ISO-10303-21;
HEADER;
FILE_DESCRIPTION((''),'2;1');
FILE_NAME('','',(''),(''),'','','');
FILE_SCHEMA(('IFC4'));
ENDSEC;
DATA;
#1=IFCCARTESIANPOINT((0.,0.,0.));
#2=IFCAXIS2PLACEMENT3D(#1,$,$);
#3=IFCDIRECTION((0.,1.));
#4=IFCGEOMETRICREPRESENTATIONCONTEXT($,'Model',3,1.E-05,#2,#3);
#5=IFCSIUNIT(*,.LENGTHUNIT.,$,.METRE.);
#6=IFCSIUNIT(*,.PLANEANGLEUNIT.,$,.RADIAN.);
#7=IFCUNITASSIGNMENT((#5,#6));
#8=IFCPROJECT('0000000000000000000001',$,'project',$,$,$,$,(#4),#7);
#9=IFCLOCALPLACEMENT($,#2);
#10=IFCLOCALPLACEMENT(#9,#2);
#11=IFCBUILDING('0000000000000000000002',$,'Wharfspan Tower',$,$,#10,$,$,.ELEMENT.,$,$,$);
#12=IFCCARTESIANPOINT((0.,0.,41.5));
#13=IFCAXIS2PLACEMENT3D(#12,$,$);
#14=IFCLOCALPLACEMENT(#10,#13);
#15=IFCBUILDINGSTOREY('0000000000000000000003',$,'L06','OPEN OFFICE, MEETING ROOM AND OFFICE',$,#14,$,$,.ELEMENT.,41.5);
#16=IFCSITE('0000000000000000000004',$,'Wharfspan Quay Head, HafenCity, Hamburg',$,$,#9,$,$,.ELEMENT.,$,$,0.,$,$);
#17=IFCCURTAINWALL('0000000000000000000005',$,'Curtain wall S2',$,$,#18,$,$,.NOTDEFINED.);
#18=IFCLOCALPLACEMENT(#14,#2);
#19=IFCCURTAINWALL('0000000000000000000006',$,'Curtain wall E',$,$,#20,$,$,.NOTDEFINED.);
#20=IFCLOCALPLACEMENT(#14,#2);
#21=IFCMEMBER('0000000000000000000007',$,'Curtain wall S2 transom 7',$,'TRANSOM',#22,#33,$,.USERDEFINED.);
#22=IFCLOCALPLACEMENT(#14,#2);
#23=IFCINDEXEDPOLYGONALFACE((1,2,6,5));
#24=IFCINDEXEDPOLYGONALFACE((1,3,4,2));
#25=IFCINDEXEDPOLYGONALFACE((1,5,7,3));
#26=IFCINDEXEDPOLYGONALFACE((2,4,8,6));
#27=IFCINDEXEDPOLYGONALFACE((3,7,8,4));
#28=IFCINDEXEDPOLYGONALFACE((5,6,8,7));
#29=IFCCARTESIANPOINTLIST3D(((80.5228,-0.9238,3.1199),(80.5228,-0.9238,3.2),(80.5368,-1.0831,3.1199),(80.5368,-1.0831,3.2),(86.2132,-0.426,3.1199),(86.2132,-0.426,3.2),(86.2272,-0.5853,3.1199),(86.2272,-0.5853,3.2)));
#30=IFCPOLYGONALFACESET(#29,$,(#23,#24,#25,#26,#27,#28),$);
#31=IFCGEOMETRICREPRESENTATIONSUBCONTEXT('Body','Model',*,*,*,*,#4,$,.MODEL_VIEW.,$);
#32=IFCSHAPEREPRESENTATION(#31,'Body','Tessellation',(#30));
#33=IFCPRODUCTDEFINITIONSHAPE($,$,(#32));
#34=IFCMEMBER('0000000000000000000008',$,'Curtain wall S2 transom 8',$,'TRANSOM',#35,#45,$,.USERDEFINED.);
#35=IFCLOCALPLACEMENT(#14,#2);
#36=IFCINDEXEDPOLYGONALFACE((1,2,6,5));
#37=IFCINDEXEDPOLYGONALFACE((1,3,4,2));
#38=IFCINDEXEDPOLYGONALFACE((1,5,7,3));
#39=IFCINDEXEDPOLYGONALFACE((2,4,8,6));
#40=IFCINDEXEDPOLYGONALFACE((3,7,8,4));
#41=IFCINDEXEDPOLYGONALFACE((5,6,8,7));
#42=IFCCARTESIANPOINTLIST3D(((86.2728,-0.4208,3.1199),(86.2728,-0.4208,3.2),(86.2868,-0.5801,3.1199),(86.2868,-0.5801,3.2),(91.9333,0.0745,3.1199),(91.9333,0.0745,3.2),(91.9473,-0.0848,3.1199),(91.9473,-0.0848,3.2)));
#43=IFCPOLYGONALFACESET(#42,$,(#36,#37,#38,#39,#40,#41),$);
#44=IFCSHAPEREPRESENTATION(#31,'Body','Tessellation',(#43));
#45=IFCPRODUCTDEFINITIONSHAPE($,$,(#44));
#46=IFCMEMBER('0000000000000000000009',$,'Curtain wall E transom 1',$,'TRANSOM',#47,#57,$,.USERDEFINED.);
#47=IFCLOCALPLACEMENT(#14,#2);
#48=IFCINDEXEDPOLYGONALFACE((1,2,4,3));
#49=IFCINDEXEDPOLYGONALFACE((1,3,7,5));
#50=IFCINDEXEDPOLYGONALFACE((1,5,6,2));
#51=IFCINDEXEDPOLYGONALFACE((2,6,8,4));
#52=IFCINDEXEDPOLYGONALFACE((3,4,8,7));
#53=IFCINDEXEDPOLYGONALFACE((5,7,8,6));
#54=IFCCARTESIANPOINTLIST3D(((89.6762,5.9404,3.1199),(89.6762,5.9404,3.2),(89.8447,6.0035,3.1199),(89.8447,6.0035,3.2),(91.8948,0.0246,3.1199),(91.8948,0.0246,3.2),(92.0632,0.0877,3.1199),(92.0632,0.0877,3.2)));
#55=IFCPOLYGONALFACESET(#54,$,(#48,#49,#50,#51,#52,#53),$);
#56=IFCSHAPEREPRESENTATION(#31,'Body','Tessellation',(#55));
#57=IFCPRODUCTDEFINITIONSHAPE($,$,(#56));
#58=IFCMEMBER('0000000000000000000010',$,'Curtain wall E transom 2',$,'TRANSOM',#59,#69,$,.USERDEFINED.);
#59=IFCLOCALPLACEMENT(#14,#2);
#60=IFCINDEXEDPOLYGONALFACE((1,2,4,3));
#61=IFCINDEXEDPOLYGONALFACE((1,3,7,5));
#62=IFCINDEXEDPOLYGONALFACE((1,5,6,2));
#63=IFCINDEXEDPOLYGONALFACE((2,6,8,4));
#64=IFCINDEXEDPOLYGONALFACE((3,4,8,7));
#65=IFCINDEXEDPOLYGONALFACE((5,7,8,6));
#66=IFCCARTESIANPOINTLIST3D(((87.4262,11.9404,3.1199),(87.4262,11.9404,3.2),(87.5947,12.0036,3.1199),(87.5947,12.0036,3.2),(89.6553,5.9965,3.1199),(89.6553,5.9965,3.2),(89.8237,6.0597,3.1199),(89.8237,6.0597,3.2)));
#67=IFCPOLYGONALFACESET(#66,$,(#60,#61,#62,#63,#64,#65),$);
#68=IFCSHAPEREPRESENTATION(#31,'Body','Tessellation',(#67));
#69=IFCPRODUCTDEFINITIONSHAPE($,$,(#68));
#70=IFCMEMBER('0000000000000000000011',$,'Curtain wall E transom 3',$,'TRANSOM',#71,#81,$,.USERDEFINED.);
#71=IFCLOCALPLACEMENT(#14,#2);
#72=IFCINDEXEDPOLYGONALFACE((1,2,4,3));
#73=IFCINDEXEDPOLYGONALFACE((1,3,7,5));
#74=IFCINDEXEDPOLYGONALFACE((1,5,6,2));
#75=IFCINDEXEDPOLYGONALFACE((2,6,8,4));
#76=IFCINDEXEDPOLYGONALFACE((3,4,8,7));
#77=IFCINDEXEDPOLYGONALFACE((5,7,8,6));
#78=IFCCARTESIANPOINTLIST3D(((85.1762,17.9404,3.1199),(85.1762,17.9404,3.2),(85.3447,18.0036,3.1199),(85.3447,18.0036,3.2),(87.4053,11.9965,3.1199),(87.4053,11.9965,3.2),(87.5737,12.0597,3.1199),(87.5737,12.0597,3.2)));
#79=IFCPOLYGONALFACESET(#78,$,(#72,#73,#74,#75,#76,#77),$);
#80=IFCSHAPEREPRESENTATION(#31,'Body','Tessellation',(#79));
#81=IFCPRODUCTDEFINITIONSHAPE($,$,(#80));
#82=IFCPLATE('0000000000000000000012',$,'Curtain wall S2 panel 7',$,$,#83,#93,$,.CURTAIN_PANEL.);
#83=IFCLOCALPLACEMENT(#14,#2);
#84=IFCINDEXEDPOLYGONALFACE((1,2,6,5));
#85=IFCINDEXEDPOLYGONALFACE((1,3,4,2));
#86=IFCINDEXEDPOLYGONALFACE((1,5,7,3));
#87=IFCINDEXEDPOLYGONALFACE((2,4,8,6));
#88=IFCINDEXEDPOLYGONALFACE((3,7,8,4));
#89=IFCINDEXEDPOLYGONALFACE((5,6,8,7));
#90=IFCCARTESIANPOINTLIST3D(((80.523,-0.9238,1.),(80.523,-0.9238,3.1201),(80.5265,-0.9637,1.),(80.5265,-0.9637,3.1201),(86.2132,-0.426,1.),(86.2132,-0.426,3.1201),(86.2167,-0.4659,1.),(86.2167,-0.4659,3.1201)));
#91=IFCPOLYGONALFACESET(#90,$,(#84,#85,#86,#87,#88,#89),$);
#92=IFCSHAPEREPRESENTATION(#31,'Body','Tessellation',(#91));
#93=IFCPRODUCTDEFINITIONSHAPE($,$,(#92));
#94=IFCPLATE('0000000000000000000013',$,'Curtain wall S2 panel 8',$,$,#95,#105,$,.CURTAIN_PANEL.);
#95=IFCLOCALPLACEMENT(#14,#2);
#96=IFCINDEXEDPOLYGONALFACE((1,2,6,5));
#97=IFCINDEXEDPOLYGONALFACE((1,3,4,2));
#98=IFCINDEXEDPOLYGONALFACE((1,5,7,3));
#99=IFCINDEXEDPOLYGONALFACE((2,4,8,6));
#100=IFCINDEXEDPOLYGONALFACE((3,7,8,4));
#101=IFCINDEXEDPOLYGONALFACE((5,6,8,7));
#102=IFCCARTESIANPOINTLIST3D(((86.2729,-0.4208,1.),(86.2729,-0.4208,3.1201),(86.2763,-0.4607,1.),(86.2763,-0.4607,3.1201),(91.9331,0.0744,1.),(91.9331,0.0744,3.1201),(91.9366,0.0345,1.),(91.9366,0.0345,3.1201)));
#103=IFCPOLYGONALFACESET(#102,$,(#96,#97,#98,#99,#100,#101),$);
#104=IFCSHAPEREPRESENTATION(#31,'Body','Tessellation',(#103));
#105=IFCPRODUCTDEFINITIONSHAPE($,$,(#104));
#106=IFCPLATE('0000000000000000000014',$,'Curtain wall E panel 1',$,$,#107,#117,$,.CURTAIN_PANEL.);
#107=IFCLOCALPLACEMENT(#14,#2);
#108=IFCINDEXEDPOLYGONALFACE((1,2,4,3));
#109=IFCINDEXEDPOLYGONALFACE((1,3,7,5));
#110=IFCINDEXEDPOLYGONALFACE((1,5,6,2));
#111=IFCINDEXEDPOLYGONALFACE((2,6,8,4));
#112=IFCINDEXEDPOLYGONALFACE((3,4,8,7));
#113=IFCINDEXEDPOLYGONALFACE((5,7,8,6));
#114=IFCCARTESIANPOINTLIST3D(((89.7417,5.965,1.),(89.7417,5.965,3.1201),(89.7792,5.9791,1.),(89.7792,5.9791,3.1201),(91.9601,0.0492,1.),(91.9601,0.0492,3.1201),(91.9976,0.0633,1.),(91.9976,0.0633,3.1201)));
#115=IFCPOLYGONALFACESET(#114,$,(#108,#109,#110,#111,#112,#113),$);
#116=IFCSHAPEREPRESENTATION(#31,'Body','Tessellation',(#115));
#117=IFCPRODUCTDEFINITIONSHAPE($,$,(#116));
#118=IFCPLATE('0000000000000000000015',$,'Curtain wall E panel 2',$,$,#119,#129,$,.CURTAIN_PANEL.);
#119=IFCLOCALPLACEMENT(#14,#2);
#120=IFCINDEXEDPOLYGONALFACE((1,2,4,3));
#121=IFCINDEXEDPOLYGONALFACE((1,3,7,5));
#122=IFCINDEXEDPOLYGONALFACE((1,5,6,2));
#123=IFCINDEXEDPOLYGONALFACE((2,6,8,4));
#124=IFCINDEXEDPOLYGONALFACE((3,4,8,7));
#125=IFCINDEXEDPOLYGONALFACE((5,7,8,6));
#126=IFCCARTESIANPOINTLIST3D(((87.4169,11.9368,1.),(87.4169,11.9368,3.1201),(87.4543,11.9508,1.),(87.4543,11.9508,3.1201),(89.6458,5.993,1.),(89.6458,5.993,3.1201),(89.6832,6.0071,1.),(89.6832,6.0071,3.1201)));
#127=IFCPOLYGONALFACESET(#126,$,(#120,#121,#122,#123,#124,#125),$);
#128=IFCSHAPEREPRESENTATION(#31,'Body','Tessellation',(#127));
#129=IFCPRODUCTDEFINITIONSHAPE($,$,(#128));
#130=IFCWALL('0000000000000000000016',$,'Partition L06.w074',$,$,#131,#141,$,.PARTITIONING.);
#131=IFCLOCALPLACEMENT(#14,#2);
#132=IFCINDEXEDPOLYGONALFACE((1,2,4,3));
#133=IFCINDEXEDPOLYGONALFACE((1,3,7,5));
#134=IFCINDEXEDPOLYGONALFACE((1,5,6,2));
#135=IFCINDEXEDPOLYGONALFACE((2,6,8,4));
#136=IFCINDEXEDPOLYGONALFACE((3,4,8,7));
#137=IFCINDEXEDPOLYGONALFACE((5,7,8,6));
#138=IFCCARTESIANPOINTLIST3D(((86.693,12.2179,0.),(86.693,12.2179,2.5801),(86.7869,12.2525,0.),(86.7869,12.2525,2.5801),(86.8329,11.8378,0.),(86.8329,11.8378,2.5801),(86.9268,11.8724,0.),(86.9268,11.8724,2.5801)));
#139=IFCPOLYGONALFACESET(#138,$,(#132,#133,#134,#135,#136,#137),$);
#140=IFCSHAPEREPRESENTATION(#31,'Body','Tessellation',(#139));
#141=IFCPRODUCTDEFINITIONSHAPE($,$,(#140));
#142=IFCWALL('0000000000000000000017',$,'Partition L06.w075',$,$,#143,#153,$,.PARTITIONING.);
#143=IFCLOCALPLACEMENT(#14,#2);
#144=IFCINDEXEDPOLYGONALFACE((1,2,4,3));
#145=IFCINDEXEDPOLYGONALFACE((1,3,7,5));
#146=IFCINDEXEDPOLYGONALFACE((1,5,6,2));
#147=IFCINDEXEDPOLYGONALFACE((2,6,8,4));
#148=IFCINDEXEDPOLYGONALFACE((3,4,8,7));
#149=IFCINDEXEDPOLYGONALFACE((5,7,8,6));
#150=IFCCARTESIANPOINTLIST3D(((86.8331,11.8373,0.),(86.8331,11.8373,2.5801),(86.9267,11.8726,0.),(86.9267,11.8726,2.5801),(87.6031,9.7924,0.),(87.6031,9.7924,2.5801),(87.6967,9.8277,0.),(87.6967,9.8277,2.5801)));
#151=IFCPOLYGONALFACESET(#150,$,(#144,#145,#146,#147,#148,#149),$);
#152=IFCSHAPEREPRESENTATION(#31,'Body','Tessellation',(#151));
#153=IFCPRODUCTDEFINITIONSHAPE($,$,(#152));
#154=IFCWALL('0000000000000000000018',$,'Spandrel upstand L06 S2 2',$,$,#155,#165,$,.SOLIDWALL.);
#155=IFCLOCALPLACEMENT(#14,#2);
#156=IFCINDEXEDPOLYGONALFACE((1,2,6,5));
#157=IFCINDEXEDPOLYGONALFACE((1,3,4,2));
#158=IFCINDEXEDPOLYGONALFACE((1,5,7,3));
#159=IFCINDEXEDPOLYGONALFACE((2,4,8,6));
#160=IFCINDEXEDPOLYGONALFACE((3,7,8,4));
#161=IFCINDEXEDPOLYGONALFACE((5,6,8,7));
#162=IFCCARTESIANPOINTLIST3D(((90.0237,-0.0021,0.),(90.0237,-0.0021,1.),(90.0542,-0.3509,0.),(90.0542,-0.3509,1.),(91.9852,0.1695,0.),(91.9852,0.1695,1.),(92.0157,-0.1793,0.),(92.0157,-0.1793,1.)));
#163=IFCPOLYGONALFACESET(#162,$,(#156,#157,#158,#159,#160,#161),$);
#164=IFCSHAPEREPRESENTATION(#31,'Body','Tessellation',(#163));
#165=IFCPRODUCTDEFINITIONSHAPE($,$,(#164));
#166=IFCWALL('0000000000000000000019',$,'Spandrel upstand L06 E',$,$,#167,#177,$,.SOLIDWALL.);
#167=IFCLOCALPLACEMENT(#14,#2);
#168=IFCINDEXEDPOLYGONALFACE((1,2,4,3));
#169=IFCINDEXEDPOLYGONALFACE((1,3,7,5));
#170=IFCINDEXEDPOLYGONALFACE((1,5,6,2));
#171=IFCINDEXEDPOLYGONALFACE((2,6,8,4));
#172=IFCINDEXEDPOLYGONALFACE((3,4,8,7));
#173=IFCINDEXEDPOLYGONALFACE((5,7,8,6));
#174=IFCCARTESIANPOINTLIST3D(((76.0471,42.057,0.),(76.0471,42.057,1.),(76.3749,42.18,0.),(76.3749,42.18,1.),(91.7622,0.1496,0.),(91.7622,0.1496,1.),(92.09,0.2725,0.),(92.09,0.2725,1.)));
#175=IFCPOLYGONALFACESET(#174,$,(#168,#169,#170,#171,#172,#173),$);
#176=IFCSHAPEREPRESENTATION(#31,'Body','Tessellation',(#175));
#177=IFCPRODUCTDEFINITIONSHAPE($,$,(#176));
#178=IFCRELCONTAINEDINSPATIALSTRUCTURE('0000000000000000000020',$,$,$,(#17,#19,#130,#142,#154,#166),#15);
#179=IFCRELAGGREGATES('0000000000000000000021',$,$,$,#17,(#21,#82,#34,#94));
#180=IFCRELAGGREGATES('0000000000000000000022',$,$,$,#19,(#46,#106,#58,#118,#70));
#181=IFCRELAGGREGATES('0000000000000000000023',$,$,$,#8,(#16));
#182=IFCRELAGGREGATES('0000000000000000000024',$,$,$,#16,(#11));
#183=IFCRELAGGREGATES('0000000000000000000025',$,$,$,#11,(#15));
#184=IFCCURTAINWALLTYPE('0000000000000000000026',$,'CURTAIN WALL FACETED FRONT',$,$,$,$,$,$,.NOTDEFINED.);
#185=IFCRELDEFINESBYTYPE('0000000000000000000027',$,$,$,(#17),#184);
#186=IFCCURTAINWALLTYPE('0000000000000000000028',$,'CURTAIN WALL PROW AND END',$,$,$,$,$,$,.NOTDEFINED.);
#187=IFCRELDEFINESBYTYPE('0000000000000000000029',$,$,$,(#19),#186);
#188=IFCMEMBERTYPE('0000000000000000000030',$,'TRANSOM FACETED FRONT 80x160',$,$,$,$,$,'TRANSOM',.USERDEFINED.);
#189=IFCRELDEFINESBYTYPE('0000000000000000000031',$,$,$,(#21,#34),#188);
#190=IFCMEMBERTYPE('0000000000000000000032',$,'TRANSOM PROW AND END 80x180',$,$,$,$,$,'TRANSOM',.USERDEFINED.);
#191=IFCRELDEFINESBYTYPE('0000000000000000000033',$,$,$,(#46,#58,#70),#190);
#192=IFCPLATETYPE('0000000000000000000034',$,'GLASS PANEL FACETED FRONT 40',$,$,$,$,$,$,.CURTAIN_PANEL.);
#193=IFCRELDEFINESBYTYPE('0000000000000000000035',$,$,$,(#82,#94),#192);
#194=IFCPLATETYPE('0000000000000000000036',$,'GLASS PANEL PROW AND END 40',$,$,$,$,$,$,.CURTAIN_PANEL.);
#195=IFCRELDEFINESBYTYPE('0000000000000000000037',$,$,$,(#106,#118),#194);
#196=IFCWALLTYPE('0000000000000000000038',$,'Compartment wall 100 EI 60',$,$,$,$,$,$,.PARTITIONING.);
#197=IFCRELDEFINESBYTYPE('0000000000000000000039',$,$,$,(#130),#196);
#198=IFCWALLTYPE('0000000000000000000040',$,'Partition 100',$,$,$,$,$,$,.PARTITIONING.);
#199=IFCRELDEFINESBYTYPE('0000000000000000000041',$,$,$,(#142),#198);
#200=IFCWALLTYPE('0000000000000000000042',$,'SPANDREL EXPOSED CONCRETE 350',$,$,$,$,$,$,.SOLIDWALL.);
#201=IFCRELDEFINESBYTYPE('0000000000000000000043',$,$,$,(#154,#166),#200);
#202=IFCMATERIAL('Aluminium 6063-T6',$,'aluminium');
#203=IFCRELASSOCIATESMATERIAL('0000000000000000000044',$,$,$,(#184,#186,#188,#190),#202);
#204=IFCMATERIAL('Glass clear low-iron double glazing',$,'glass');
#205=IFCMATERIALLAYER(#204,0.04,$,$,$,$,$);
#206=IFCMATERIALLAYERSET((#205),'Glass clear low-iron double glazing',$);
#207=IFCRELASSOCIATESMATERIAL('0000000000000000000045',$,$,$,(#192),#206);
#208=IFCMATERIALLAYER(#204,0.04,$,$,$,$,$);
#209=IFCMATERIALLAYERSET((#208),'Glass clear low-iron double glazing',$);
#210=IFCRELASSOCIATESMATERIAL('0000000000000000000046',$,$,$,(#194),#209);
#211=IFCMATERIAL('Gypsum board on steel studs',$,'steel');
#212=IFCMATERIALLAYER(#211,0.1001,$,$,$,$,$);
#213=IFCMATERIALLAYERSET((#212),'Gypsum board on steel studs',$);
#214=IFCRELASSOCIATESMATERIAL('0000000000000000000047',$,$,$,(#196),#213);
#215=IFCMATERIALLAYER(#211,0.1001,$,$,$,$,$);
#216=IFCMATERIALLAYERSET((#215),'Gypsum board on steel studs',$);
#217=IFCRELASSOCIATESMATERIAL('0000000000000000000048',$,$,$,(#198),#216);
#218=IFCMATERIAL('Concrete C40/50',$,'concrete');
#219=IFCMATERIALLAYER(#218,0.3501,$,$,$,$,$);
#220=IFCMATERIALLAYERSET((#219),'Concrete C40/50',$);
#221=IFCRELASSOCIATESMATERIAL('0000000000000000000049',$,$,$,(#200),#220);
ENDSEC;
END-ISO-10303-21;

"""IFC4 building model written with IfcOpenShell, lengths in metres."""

from ifc_helpers import new_model, si_unit, direction, frame, frame_2d, origin, origin_2d, place, context, subcontext, project, spatial, rectangle, extrude, material, layer, layer_set, material_profile, profile_set, type_object, element, aggregate, save


model = new_model("IFC4")

# Units and contexts
model_context = context("Model", 3, precision=1e-05, world=origin(), true_north=direction((0.0, 1.0)))
body_context = subcontext(model_context, "Body", "Model", "MODEL_VIEW")
ifc_project = project(units=[si_unit("LENGTHUNIT", "METRE"), si_unit("PLANEANGLEUNIT", "RADIAN")], contexts=[model_context])

# Site, building, storey
site_placement = place(None, origin())
site = spatial("IfcSite", under=ifc_project, at=site_placement, Name="Wharfspan Quay Head, HafenCity, Hamburg", CompositionType="ELEMENT", RefElevation=0.0)
building_placement = place(site_placement, origin())
building = spatial("IfcBuilding", under=site, at=building_placement, Name="Wharfspan Tower", CompositionType="ELEMENT")
storey_placement = place(building_placement, frame((0.0, 0.0, 41.5)))
storey = spatial("IfcBuildingStorey", under=building, at=storey_placement, Name="L06", Description="OPEN OFFICE, MEETING ROOM AND OFFICE", CompositionType="ELEMENT", Elevation=41.5)

# Curtain walls
ifc_material_1 = material(Name="Aluminium 6063-T6", Category="aluminium")
curtain_wall_type_1 = type_object("IfcCurtainWallType", Name="CURTAIN WALL FACETED FRONT", PredefinedType="NOTDEFINED", material=ifc_material_1)
curtain_wall_1_placement = place(storey_placement, origin())
curtain_wall_1 = element("IfcCurtainWall", 1, at=curtain_wall_1_placement, inside=storey, type_object=curtain_wall_type_1, Name="Curtain wall S2", PredefinedType="NOTDEFINED")
curtain_wall_type_2 = type_object("IfcCurtainWallType", Name="CURTAIN WALL PROW AND END", PredefinedType="NOTDEFINED", material=ifc_material_1)
curtain_wall_2_placement = place(storey_placement, origin())
curtain_wall_2 = element("IfcCurtainWall", 2, at=curtain_wall_2_placement, inside=storey, type_object=curtain_wall_type_2, Name="Curtain wall E", PredefinedType="NOTDEFINED")

# Members
ifc_material_profile_1 = material_profile(ifc_material_1, rectangle(XDim=0.1599, YDim=0.0801, at=origin_2d()))
ifc_profile_set_1 = profile_set([ifc_material_profile_1], Name="Aluminium 6063-T6")
member_type_1 = type_object("IfcMemberType", Name="TRANSOM FACETED FRONT 80x160", ElementType="TRANSOM", PredefinedType="USERDEFINED", material=ifc_profile_set_1)
member_1_placement = place(storey_placement, frame((80.5298, -1.0034, 3.1599), z_axis=(0.996195, 0.087148, 0.0), x_axis=(-0.087148, 0.996195, 0.0)))
member_1 = element("IfcMember", 3, at=member_1_placement, type_object=member_type_1, Name="Curtain wall S2 transom 7", ObjectType="TRANSOM", PredefinedType="USERDEFINED", context=body_context, shape_type="SweptSolid", body=[
    extrude(rectangle(XDim=0.1599, YDim=0.0801, at=origin_2d()), origin(), (0.0, 0.0, 1.0), 5.7122),
])
member_2_placement = place(storey_placement, frame((86.2798, -0.5005, 3.1599), z_axis=(0.996193, 0.08718, 0.0), x_axis=(-0.08718, 0.996193, 0.0)))
member_2 = element("IfcMember", 4, at=member_2_placement, type_object=member_type_1, Name="Curtain wall S2 transom 8", ObjectType="TRANSOM", PredefinedType="USERDEFINED", context=body_context, shape_type="SweptSolid", body=[
    extrude(rectangle(XDim=0.1599, YDim=0.0801, at=origin_2d()), origin(), (0.0, 0.0, 1.0), 5.6821),
])
ifc_material_profile_2 = material_profile(ifc_material_1, rectangle(XDim=0.1799, YDim=0.0801, at=origin_2d()))
ifc_profile_set_2 = profile_set([ifc_material_profile_2], Name="Aluminium 6063-T6")
member_type_2 = type_object("IfcMemberType", Name="TRANSOM PROW AND END 80x180", ElementType="TRANSOM", PredefinedType="USERDEFINED", material=ifc_profile_set_2)
member_3_placement = place(storey_placement, frame((91.979, 0.0562, 3.1599), z_axis=(-0.351136, 0.936324, 0.0), x_axis=(-0.936324, -0.351136, 0.0)))
member_3 = element("IfcMember", 5, at=member_3_placement, type_object=member_type_2, Name="Curtain wall E transom 1", ObjectType="TRANSOM", PredefinedType="USERDEFINED", context=body_context, shape_type="SweptSolid", body=[
    extrude(rectangle(XDim=0.1799, YDim=0.0801, at=origin_2d()), origin(), (0.0, 0.0, 1.0), 6.3181),
])
member_4_placement = place(storey_placement, frame((89.7395, 6.0281, 3.1599), z_axis=(-0.351132, 0.936326, 0.0), x_axis=(-0.936326, -0.351132, 0.0)))
member_4 = element("IfcMember", 6, at=member_4_placement, type_object=member_type_2, Name="Curtain wall E transom 2", ObjectType="TRANSOM", PredefinedType="USERDEFINED", context=body_context, shape_type="SweptSolid", body=[
    extrude(rectangle(XDim=0.1799, YDim=0.0801, at=origin_2d()), origin(), (0.0, 0.0, 1.0), 6.3481),
])
member_5_placement = place(storey_placement, frame((87.4895, 12.0281, 3.1599), z_axis=(-0.351132, 0.936326, 0.0), x_axis=(-0.936326, -0.351132, 0.0)))
member_5 = element("IfcMember", 7, at=member_5_placement, type_object=member_type_2, Name="Curtain wall E transom 3", ObjectType="TRANSOM", PredefinedType="USERDEFINED", context=body_context, shape_type="SweptSolid", body=[
    extrude(rectangle(XDim=0.1799, YDim=0.0801, at=origin_2d()), origin(), (0.0, 0.0, 1.0), 6.3481),
])

# Plates
ifc_material_2 = material(Name="Glass clear low-iron double glazing", Category="glass")
ifc_layer_1 = layer(ifc_material_2, 0.04)
ifc_layer_set_1 = layer_set([ifc_layer_1], Name="Glass clear low-iron double glazing")
plate_type_1 = type_object("IfcPlateType", Name="GLASS PANEL FACETED FRONT 40", PredefinedType="CURTAIN_PANEL", material=ifc_layer_set_1)
plate_1_placement = place(storey_placement, frame((83.3699, -0.6948, 1.0), z_axis=(0.0, 0.0, 1.0), x_axis=(0.996197, 0.087156, 0.0)))
plate_1 = element("IfcPlate", 8, at=plate_1_placement, type_object=plate_type_1, Name="Curtain wall S2 panel 7", PredefinedType="CURTAIN_PANEL", context=body_context, shape_type="SweptSolid", body=[
    extrude(rectangle(XDim=5.7119, YDim=0.04, at=origin_2d()), origin(), (0.0, 0.0, 1.0), 2.1201),
])
plate_2_placement = place(storey_placement, frame((89.1047, -0.1931, 1.0), z_axis=(0.0, 0.0, 1.0), x_axis=(0.996197, 0.087156, 0.0)))
plate_2 = element("IfcPlate", 9, at=plate_2_placement, type_object=plate_type_1, Name="Curtain wall S2 panel 8", PredefinedType="CURTAIN_PANEL", context=body_context, shape_type="SweptSolid", body=[
    extrude(rectangle(XDim=5.6819, YDim=0.04, at=origin_2d()), origin(), (0.0, 0.0, 1.0), 2.1201),
])
aggregate(curtain_wall_1, [member_1, plate_1, member_2, plate_2])
ifc_layer_2 = layer(ifc_material_2, 0.04)
ifc_layer_set_2 = layer_set([ifc_layer_2], Name="Glass clear low-iron double glazing")
plate_type_2 = type_object("IfcPlateType", Name="GLASS PANEL PROW AND END 40", PredefinedType="CURTAIN_PANEL", material=ifc_layer_set_2)
plate_3_placement = place(storey_placement, frame((90.8696, 3.0142, 1.0), z_axis=(0.0, 0.0, 1.0), x_axis=(-0.351123, 0.936328, 0.0)))
plate_3 = element("IfcPlate", 10, at=plate_3_placement, type_object=plate_type_2, Name="Curtain wall E panel 1", PredefinedType="CURTAIN_PANEL", context=body_context, shape_type="SweptSolid", body=[
    extrude(rectangle(XDim=6.3181, YDim=0.04, at=origin_2d()), origin(), (0.0, 0.0, 1.0), 2.1201),
])
plate_4_placement = place(storey_placement, frame((88.55, 8.9719, 1.0), z_axis=(0.0, 0.0, 1.0), x_axis=(-0.351123, 0.936328, 0.0)))
plate_4 = element("IfcPlate", 11, at=plate_4_placement, type_object=plate_type_2, Name="Curtain wall E panel 2", PredefinedType="CURTAIN_PANEL", context=body_context, shape_type="SweptSolid", body=[
    extrude(rectangle(XDim=6.3479, YDim=0.04, at=origin_2d()), origin(), (0.0, 0.0, 1.0), 2.1201),
])
aggregate(curtain_wall_2, [member_3, plate_3, member_4, plate_4, member_5])

# Walls
ifc_material_3 = material(Name="Gypsum board on steel studs", Category="steel")
ifc_layer_3 = layer(ifc_material_3, 0.1001)
ifc_layer_set_3 = layer_set([ifc_layer_3], Name="Gypsum board on steel studs")
wall_type_1 = type_object("IfcWallType", Name="Compartment wall 100 EI 60", PredefinedType="PARTITIONING", material=ifc_layer_set_3)
wall_1_placement = place(storey_placement, frame((86.8799, 11.855, 0.0), z_axis=(0.0, 0.0, 1.0), x_axis=(-0.34537, 0.938466, 0.0)))
element("IfcWall", 12, at=wall_1_placement, inside=storey, type_object=wall_type_1, Name="Partition L06.w074", PredefinedType="PARTITIONING", context=body_context, shape_type="SweptSolid", body=[
    extrude(rectangle(XDim=0.405, YDim=0.1001, at=frame_2d((0.2026, 0.0))), origin(), (0.0, 0.0, 1.0), 2.5801),
])
ifc_layer_4 = layer(ifc_material_3, 0.1001)
ifc_layer_set_4 = layer_set([ifc_layer_4], Name="Gypsum board on steel studs")
wall_type_2 = type_object("IfcWallType", Name="Partition 100", PredefinedType="PARTITIONING", material=ifc_layer_set_4)
wall_2_placement = place(storey_placement, frame((87.6499, 9.8101, 0.0), z_axis=(0.0, 0.0, 1.0), x_axis=(-0.352397, 0.935852, 0.0)))
element("IfcWall", 13, at=wall_2_placement, inside=storey, type_object=wall_type_2, Name="Partition L06.w075", PredefinedType="PARTITIONING", context=body_context, shape_type="SweptSolid", body=[
    extrude(rectangle(XDim=2.1851, YDim=0.1001, at=frame_2d((1.0925, 0.0))), origin(), (0.0, 0.0, 1.0), 2.5801),
])
ifc_material_4 = material(Name="Concrete C40/50", Category="concrete")
ifc_layer_5 = layer(ifc_material_4, 0.3501)
ifc_layer_set_5 = layer_set([ifc_layer_5], Name="Concrete C40/50")
wall_type_3 = type_object("IfcWallType", Name="SPANDREL EXPOSED CONCRETE 350", PredefinedType="SOLIDWALL", material=ifc_layer_set_5)
wall_3_placement = place(storey_placement, frame((90.0391, -0.1765, 0.0), z_axis=(0.0, 0.0, 1.0), x_axis=(0.996193, 0.08717, 0.0)))
element("IfcWall", 14, at=wall_3_placement, inside=storey, type_object=wall_type_3, Name="Spandrel upstand L06 S2 2", PredefinedType="SOLIDWALL", context=body_context, shape_type="SweptSolid", body=[
    extrude(rectangle(XDim=1.969, YDim=0.3501, at=frame_2d((0.9844, 0.0))), origin(), (0.0, 0.0, 1.0), 1.0),
])
wall_4_placement = place(storey_placement, frame((91.926, 0.2112, 0.0), z_axis=(0.0, 0.0, 1.0), x_axis=(-0.351119, 0.93633, 0.0)))
element("IfcWall", 15, at=wall_4_placement, inside=storey, type_object=wall_type_3, Name="Spandrel upstand L06 E", PredefinedType="SOLIDWALL", context=body_context, shape_type="SweptSolid", body=[
    extrude(rectangle(XDim=44.7571, YDim=0.3501, at=frame_2d((22.3784, 0.0))), origin(), (0.0, 0.0, 1.0), 1.0),
])

save(model, "model.ifc")
